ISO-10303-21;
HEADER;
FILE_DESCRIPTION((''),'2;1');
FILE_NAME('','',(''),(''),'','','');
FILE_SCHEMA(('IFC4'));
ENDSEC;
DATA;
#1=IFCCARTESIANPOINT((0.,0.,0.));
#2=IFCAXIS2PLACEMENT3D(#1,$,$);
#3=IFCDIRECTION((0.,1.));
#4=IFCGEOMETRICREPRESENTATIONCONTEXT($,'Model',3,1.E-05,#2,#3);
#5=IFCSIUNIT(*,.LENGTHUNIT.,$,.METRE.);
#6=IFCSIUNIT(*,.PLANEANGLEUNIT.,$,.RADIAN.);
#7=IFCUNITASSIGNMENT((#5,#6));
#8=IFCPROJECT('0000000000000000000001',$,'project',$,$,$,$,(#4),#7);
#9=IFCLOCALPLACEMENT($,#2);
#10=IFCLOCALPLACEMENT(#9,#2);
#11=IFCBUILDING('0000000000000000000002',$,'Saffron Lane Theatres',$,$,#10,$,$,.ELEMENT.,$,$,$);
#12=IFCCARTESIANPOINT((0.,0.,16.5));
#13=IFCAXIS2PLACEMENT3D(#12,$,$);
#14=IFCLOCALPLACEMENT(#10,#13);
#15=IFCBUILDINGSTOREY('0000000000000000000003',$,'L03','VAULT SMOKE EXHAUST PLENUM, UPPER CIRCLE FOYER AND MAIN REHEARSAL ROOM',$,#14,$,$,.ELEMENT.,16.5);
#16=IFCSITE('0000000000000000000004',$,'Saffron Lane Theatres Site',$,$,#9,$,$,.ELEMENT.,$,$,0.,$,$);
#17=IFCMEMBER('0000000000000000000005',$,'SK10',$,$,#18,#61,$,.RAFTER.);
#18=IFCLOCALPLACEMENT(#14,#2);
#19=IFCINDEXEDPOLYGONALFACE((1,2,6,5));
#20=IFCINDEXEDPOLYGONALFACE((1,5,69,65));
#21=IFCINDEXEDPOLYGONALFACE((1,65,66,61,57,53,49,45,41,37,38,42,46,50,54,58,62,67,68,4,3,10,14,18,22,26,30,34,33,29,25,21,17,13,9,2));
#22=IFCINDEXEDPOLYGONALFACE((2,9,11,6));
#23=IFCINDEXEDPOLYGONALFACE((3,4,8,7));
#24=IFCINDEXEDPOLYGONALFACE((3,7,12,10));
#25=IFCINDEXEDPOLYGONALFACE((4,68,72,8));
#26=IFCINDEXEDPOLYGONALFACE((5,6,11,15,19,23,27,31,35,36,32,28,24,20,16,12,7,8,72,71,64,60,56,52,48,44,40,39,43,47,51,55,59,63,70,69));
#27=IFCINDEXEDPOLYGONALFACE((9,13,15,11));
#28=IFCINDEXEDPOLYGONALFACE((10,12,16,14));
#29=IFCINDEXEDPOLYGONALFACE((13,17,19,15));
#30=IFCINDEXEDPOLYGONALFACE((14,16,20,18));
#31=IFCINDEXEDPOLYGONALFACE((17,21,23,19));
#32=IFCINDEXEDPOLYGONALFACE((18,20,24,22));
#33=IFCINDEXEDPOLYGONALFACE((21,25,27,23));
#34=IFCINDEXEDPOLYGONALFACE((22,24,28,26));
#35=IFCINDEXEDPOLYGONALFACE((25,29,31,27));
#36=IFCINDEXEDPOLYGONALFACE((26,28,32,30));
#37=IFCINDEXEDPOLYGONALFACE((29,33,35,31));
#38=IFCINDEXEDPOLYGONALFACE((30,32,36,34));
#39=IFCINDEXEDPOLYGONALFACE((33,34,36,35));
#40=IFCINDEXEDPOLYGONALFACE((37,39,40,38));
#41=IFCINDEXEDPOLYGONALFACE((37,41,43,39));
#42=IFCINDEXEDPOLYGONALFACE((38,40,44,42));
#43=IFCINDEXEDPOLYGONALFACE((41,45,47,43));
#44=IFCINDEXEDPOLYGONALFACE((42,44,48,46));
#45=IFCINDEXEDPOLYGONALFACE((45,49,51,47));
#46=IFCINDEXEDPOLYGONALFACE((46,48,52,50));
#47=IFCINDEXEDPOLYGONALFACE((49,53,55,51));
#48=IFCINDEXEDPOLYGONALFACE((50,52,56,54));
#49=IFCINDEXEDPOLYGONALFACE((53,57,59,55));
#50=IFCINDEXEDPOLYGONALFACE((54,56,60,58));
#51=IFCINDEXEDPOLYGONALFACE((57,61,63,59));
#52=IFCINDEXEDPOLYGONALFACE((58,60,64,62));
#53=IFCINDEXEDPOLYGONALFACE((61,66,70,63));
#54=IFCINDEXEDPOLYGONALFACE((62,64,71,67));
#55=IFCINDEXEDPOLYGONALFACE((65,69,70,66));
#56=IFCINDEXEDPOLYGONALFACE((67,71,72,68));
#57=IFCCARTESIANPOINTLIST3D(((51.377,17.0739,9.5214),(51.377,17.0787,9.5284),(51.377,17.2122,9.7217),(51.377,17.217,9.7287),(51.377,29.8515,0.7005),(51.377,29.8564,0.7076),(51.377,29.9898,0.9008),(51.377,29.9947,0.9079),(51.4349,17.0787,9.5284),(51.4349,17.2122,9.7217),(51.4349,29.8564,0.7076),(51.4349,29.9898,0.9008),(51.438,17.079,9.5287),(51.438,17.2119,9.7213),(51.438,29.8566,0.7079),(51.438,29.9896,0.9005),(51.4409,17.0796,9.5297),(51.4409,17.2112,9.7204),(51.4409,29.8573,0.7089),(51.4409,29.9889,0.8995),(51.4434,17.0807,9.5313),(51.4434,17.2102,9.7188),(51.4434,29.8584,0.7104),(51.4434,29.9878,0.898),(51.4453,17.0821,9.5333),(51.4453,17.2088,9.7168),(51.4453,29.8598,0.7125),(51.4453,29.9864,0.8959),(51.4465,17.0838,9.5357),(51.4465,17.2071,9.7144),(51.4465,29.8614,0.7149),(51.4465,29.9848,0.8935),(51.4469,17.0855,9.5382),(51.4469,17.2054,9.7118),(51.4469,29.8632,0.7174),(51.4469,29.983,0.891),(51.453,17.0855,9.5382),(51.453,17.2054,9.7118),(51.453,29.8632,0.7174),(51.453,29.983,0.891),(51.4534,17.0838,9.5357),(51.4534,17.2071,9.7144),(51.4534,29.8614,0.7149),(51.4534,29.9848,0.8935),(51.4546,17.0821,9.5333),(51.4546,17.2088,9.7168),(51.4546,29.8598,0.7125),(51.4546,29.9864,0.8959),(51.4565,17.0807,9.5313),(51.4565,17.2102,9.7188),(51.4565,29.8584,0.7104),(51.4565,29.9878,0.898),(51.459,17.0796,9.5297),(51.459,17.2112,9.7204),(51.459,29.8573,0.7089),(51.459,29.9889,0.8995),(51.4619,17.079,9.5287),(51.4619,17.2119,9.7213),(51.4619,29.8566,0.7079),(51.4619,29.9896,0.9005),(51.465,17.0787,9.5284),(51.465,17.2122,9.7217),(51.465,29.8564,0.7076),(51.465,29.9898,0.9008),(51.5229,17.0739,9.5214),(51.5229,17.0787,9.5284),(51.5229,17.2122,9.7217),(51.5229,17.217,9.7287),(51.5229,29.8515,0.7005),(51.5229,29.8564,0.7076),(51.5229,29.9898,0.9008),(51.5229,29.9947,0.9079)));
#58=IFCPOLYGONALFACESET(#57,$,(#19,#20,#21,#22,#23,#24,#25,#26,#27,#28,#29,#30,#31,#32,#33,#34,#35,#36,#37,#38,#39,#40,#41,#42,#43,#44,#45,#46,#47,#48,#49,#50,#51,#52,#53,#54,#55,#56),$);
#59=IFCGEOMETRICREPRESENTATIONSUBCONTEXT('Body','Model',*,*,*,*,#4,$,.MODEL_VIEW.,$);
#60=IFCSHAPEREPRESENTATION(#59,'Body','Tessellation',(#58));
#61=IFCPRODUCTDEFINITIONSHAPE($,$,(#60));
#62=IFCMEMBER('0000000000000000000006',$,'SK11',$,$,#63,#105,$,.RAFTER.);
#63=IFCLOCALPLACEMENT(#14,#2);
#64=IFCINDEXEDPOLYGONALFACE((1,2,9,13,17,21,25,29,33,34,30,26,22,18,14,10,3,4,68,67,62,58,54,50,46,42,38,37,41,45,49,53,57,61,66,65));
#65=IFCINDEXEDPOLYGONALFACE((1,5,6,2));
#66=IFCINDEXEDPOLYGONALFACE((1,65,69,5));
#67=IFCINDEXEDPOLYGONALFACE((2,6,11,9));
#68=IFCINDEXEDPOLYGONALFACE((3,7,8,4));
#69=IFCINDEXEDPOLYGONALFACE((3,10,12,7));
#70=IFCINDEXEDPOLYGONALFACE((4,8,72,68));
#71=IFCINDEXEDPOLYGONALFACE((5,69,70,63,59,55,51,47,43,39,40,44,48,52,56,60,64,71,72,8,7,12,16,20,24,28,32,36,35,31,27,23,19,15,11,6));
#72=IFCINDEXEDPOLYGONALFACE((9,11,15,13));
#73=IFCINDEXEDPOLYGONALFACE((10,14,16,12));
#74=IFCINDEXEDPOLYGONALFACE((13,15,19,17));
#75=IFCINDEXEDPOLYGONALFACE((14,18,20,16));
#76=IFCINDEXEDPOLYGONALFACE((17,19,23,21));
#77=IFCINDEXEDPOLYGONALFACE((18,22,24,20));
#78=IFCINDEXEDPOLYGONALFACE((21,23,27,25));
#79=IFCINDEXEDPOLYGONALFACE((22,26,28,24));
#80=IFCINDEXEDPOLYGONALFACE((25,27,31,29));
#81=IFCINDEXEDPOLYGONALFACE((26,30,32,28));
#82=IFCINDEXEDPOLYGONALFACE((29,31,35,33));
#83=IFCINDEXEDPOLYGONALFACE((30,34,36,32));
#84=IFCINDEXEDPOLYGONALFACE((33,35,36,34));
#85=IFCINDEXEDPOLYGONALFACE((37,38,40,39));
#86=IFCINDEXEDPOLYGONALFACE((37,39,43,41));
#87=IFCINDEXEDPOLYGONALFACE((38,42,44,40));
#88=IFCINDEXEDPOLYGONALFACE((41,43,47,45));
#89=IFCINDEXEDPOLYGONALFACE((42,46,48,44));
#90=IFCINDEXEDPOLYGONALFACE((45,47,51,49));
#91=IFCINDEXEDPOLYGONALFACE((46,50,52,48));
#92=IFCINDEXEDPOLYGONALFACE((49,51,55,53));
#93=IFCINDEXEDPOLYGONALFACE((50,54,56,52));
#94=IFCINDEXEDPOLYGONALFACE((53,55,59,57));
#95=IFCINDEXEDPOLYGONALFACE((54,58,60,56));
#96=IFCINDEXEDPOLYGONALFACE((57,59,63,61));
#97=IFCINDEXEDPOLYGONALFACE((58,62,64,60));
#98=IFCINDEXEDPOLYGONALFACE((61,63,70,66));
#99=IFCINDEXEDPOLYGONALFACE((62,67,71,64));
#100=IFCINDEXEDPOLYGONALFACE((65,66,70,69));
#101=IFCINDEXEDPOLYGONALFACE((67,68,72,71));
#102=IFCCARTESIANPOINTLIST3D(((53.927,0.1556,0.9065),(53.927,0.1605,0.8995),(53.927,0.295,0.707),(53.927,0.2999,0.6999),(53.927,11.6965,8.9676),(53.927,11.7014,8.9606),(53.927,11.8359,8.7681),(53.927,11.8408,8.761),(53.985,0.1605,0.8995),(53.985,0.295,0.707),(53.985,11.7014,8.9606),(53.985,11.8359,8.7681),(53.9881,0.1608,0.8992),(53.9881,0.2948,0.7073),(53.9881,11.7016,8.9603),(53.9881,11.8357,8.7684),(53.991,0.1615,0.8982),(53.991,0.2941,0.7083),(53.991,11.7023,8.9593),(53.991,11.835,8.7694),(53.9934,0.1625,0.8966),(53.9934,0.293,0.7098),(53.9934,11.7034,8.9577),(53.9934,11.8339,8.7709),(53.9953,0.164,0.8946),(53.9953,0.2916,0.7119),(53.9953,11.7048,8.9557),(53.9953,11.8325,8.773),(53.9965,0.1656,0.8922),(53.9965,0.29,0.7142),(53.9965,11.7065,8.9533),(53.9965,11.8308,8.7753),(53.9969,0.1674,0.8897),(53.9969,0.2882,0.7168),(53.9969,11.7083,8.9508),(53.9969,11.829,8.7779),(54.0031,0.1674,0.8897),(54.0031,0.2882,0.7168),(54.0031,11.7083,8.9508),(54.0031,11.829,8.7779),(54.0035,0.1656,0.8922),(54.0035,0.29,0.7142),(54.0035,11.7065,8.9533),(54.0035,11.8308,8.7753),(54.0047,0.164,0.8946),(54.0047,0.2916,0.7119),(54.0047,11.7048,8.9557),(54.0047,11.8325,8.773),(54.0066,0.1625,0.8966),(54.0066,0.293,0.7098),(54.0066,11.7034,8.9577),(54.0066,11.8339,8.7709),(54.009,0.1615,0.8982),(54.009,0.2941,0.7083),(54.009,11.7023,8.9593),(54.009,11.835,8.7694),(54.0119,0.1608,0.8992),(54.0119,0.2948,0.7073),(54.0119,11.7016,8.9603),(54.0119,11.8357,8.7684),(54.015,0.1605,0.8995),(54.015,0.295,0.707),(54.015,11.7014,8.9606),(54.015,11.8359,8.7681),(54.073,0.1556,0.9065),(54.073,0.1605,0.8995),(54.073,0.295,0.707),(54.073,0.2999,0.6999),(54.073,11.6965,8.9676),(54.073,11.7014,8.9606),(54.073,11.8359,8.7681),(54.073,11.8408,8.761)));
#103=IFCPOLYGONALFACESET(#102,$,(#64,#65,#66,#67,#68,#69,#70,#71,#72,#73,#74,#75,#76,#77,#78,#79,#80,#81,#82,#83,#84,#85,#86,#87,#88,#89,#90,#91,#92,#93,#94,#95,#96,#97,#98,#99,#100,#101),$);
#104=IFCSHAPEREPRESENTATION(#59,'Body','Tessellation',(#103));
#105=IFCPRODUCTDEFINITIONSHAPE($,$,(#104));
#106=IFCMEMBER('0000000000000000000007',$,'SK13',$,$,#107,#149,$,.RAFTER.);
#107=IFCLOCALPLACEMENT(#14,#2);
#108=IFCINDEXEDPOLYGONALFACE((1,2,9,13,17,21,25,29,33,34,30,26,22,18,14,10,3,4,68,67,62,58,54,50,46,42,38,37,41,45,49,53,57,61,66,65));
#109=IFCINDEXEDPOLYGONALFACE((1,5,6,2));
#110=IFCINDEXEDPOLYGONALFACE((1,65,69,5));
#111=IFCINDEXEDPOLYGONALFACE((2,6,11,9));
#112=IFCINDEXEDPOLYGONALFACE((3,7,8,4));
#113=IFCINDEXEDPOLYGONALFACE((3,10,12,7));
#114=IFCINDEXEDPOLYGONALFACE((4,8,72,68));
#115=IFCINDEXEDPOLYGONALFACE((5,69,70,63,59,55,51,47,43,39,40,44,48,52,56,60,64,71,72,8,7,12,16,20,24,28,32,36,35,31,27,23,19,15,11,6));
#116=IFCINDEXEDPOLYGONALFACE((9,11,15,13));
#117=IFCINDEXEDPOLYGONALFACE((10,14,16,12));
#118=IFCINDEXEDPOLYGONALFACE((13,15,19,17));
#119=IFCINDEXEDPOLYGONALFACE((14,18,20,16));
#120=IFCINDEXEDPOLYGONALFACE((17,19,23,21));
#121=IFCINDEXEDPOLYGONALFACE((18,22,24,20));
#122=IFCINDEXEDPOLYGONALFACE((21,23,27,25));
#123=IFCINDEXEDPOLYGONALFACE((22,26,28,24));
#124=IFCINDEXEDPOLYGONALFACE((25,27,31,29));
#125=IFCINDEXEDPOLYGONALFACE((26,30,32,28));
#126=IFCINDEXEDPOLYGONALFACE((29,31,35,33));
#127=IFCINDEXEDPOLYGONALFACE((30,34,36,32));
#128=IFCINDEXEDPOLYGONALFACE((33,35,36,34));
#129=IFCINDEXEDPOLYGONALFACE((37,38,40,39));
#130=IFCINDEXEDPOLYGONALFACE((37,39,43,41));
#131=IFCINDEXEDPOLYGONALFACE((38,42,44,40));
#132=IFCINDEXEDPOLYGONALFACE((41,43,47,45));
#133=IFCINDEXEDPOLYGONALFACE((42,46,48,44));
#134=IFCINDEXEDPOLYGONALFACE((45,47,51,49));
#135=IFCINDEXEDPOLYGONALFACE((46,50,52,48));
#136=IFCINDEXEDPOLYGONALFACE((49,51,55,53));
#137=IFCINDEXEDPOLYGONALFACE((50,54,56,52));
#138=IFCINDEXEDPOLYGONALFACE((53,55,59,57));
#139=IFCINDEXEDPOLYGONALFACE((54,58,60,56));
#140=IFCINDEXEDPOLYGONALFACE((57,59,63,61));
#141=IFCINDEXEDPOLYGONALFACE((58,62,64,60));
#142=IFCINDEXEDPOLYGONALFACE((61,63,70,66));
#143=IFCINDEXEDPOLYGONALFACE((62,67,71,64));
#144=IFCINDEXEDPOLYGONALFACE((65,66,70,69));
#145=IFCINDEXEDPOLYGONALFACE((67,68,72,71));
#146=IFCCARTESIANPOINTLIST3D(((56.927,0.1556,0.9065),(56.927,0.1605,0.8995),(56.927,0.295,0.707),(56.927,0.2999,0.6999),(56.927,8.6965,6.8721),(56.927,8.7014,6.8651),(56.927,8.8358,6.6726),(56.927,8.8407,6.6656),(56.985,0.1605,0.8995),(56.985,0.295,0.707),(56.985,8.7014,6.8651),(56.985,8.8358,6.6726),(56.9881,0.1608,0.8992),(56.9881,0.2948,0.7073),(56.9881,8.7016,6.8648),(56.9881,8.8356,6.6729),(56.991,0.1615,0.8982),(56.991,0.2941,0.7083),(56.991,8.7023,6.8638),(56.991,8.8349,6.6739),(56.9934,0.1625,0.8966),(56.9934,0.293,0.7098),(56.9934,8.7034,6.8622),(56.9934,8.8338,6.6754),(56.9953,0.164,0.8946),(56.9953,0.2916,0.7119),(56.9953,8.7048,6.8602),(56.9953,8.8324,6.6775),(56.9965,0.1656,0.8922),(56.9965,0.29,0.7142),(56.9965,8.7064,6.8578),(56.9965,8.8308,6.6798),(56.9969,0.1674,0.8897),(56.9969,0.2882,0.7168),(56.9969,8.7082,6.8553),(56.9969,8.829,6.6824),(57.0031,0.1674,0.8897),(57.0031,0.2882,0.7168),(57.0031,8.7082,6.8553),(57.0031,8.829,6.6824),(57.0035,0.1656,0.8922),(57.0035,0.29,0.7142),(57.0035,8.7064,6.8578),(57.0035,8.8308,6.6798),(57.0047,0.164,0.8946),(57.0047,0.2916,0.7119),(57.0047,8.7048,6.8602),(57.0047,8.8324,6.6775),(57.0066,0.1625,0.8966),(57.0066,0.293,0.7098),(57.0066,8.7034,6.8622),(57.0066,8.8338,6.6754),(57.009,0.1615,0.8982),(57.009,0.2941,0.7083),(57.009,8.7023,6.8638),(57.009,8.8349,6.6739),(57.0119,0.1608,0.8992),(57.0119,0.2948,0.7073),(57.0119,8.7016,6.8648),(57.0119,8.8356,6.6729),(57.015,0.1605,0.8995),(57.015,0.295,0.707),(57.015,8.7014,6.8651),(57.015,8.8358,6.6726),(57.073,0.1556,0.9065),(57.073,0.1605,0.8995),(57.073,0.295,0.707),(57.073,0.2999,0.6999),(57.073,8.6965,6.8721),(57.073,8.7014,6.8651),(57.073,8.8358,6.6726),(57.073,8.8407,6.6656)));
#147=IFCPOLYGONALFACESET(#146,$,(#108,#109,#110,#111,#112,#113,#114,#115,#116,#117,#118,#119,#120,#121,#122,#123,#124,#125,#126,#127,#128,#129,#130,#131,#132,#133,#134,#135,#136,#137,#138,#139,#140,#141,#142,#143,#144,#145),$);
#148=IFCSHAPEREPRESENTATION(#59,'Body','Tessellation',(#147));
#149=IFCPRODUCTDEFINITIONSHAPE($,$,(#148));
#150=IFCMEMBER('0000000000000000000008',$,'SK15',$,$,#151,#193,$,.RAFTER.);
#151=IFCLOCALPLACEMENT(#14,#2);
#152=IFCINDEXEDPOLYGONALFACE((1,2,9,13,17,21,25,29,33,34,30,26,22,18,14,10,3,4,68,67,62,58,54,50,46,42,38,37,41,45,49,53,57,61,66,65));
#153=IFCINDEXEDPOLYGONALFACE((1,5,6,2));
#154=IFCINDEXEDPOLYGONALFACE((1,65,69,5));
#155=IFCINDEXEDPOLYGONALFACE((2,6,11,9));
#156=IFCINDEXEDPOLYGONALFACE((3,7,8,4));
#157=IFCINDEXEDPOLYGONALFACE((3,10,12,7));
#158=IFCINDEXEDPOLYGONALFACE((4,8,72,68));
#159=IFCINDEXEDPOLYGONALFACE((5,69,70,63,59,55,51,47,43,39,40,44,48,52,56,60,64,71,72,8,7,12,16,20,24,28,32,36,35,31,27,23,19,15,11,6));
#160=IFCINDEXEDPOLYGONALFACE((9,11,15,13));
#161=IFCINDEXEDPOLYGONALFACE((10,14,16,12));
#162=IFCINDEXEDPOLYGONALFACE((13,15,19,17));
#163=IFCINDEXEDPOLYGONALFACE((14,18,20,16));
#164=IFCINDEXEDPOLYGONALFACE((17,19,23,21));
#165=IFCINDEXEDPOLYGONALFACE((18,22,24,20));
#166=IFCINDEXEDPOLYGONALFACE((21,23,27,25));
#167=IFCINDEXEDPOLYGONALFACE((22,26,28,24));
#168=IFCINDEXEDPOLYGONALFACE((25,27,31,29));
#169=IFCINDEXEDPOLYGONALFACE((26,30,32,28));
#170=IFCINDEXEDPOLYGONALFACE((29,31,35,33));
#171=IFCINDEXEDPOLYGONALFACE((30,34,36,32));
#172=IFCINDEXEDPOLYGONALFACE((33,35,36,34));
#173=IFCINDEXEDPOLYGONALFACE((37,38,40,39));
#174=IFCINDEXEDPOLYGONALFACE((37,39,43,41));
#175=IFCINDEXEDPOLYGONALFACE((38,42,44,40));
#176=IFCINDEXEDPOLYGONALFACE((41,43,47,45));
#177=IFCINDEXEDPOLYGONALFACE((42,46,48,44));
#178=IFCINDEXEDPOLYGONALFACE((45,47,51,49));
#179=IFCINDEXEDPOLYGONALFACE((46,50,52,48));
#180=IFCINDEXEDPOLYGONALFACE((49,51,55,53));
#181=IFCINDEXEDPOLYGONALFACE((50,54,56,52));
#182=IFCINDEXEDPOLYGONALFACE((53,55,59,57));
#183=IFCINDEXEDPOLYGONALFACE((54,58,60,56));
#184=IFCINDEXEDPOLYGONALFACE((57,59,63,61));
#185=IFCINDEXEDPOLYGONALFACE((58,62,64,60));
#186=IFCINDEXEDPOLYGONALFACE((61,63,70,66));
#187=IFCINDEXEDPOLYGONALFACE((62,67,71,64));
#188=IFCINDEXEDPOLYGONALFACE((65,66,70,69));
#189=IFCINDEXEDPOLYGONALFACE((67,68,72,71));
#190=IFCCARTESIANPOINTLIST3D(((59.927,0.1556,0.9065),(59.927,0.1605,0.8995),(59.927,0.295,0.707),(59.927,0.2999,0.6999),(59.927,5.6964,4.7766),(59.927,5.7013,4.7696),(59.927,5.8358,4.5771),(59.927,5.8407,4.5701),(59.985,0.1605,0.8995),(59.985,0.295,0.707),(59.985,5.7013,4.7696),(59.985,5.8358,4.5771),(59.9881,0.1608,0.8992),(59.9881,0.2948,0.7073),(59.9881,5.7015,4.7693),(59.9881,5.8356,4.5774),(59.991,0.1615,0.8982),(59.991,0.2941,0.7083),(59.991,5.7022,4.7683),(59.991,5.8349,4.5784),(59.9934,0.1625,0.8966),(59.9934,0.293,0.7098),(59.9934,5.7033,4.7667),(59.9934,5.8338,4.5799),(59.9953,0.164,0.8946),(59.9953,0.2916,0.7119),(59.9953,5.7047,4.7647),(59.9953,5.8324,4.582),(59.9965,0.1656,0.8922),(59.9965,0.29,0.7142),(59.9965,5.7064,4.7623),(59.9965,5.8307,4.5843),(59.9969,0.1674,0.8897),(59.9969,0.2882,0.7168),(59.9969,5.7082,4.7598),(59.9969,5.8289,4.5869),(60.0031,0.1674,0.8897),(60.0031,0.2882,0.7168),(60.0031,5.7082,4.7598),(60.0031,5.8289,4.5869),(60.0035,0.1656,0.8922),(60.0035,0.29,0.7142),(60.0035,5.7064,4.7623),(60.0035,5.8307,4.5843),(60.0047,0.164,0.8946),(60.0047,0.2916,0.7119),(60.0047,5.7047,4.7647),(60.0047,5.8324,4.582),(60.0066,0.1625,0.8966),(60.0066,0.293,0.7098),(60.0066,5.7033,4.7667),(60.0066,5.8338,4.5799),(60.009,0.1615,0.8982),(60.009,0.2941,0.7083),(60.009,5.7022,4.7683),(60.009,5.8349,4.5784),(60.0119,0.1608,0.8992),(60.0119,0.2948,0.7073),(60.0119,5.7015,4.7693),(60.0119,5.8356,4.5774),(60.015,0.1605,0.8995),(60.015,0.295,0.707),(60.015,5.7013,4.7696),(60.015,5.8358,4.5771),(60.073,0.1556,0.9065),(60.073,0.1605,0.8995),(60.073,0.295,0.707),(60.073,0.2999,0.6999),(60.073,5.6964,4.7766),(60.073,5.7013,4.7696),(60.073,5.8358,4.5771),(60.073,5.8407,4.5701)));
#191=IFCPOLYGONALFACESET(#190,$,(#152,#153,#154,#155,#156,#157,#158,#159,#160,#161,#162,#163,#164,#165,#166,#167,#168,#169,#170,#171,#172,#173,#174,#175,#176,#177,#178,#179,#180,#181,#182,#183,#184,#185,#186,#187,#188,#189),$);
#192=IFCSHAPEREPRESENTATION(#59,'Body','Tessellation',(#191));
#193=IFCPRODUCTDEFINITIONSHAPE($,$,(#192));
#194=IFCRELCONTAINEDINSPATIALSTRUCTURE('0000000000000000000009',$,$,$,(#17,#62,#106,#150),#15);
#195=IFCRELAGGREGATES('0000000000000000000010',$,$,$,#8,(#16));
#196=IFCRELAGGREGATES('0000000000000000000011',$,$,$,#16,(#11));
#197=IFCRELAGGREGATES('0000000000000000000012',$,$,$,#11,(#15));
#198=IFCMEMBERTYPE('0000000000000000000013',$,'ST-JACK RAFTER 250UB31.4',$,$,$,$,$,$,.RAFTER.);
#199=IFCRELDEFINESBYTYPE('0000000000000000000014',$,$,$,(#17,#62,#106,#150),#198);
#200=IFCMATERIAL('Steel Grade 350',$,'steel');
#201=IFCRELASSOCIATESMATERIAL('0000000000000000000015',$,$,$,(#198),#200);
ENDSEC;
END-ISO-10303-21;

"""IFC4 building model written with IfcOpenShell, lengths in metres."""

from ifc_helpers import new_model, si_unit, direction, frame, origin, origin_2d, place, context, subcontext, project, spatial, i_section, extrude, material, material_profile, profile_set, type_object, element, save


model = new_model("IFC4")

# Units and contexts
model_context = context("Model", 3, precision=1e-05, world=origin(), true_north=direction((0.0, 1.0)))
body_context = subcontext(model_context, "Body", "Model", "MODEL_VIEW")
ifc_project = project(units=[si_unit("LENGTHUNIT", "METRE"), si_unit("PLANEANGLEUNIT", "RADIAN")], contexts=[model_context])

# Site, building, storey
site_placement = place(None, origin())
site = spatial("IfcSite", under=ifc_project, at=site_placement, Name="Saffron Lane Theatres Site", CompositionType="ELEMENT", RefElevation=0.0)
building_placement = place(site_placement, origin())
building = spatial("IfcBuilding", under=site, at=building_placement, Name="Saffron Lane Theatres", CompositionType="ELEMENT")
storey_placement = place(building_placement, frame((0.0, 0.0, 16.5)))
storey = spatial("IfcBuildingStorey", under=building, at=storey_placement, Name="L03", Description="VAULT SMOKE EXHAUST PLENUM, UPPER CIRCLE FOYER AND MAIN REHEARSAL ROOM", CompositionType="ELEMENT", Elevation=16.5)

# Members
ifc_material_1 = material(Name="Steel Grade 350", Category="steel")
ifc_material_profile_1 = material_profile(ifc_material_1, i_section(OverallWidth=0.146, OverallDepth=0.252, WebThickness=0.0061, FlangeThickness=0.0085, FilletRadius=0.012, at=origin_2d()))
ifc_profile_set_1 = profile_set([ifc_material_profile_1], Name="Steel Grade 350")
member_type_1 = type_object("IfcMemberType", Name="ST-JACK RAFTER 250UB31.4", PredefinedType="RAFTER", material=ifc_profile_set_1)
member_1_placement = place(storey_placement, frame((51.45, 29.9231, 0.8042), z_axis=(0.0, -0.822952, 0.568111), x_axis=(1.0, 0.0, 0.0)))
element("IfcMember", 1, at=member_1_placement, inside=storey, type_object=member_type_1, Name="SK10", PredefinedType="RAFTER", context=body_context, shape_type="SweptSolid", body=[
    extrude(i_section(OverallWidth=0.146, OverallDepth=0.252, WebThickness=0.0061, FlangeThickness=0.0085, FilletRadius=0.012, at=origin_2d()), origin(), (0.0, 0.0, 1.0), 15.5266),
])
member_2_placement = place(storey_placement, frame((54.0, 0.2278, 0.8032), z_axis=(0.0, 0.819816, 0.572627), x_axis=(-1.0, 0.0, 0.0)))
element("IfcMember", 2, at=member_2_placement, inside=storey, type_object=member_type_1, Name="SK11", PredefinedType="RAFTER", context=body_context, shape_type="SweptSolid", body=[
    extrude(i_section(OverallWidth=0.146, OverallDepth=0.252, WebThickness=0.0061, FlangeThickness=0.0085, FilletRadius=0.012, at=origin_2d()), origin(), (0.0, 0.0, 1.0), 14.0774),
])
member_3_placement = place(storey_placement, frame((57.0, 0.2278, 0.8032), z_axis=(0.0, 0.819816, 0.572627), x_axis=(-1.0, 0.0, 0.0)))
element("IfcMember", 3, at=member_3_placement, inside=storey, type_object=member_type_1, Name="SK13", PredefinedType="RAFTER", context=body_context, shape_type="SweptSolid", body=[
    extrude(i_section(OverallWidth=0.146, OverallDepth=0.252, WebThickness=0.0061, FlangeThickness=0.0085, FilletRadius=0.012, at=origin_2d()), origin(), (0.0, 0.0, 1.0), 10.418),
])
member_4_placement = place(storey_placement, frame((60.0, 0.2278, 0.8032), z_axis=(0.0, 0.819817, 0.572626), x_axis=(-1.0, 0.0, 0.0)))
element("IfcMember", 4, at=member_4_placement, inside=storey, type_object=member_type_1, Name="SK15", PredefinedType="RAFTER", context=body_context, shape_type="SweptSolid", body=[
    extrude(i_section(OverallWidth=0.146, OverallDepth=0.252, WebThickness=0.0061, FlangeThickness=0.0085, FilletRadius=0.012, at=origin_2d()), origin(), (0.0, 0.0, 1.0), 6.7585),
])

save(model, "model.ifc")
